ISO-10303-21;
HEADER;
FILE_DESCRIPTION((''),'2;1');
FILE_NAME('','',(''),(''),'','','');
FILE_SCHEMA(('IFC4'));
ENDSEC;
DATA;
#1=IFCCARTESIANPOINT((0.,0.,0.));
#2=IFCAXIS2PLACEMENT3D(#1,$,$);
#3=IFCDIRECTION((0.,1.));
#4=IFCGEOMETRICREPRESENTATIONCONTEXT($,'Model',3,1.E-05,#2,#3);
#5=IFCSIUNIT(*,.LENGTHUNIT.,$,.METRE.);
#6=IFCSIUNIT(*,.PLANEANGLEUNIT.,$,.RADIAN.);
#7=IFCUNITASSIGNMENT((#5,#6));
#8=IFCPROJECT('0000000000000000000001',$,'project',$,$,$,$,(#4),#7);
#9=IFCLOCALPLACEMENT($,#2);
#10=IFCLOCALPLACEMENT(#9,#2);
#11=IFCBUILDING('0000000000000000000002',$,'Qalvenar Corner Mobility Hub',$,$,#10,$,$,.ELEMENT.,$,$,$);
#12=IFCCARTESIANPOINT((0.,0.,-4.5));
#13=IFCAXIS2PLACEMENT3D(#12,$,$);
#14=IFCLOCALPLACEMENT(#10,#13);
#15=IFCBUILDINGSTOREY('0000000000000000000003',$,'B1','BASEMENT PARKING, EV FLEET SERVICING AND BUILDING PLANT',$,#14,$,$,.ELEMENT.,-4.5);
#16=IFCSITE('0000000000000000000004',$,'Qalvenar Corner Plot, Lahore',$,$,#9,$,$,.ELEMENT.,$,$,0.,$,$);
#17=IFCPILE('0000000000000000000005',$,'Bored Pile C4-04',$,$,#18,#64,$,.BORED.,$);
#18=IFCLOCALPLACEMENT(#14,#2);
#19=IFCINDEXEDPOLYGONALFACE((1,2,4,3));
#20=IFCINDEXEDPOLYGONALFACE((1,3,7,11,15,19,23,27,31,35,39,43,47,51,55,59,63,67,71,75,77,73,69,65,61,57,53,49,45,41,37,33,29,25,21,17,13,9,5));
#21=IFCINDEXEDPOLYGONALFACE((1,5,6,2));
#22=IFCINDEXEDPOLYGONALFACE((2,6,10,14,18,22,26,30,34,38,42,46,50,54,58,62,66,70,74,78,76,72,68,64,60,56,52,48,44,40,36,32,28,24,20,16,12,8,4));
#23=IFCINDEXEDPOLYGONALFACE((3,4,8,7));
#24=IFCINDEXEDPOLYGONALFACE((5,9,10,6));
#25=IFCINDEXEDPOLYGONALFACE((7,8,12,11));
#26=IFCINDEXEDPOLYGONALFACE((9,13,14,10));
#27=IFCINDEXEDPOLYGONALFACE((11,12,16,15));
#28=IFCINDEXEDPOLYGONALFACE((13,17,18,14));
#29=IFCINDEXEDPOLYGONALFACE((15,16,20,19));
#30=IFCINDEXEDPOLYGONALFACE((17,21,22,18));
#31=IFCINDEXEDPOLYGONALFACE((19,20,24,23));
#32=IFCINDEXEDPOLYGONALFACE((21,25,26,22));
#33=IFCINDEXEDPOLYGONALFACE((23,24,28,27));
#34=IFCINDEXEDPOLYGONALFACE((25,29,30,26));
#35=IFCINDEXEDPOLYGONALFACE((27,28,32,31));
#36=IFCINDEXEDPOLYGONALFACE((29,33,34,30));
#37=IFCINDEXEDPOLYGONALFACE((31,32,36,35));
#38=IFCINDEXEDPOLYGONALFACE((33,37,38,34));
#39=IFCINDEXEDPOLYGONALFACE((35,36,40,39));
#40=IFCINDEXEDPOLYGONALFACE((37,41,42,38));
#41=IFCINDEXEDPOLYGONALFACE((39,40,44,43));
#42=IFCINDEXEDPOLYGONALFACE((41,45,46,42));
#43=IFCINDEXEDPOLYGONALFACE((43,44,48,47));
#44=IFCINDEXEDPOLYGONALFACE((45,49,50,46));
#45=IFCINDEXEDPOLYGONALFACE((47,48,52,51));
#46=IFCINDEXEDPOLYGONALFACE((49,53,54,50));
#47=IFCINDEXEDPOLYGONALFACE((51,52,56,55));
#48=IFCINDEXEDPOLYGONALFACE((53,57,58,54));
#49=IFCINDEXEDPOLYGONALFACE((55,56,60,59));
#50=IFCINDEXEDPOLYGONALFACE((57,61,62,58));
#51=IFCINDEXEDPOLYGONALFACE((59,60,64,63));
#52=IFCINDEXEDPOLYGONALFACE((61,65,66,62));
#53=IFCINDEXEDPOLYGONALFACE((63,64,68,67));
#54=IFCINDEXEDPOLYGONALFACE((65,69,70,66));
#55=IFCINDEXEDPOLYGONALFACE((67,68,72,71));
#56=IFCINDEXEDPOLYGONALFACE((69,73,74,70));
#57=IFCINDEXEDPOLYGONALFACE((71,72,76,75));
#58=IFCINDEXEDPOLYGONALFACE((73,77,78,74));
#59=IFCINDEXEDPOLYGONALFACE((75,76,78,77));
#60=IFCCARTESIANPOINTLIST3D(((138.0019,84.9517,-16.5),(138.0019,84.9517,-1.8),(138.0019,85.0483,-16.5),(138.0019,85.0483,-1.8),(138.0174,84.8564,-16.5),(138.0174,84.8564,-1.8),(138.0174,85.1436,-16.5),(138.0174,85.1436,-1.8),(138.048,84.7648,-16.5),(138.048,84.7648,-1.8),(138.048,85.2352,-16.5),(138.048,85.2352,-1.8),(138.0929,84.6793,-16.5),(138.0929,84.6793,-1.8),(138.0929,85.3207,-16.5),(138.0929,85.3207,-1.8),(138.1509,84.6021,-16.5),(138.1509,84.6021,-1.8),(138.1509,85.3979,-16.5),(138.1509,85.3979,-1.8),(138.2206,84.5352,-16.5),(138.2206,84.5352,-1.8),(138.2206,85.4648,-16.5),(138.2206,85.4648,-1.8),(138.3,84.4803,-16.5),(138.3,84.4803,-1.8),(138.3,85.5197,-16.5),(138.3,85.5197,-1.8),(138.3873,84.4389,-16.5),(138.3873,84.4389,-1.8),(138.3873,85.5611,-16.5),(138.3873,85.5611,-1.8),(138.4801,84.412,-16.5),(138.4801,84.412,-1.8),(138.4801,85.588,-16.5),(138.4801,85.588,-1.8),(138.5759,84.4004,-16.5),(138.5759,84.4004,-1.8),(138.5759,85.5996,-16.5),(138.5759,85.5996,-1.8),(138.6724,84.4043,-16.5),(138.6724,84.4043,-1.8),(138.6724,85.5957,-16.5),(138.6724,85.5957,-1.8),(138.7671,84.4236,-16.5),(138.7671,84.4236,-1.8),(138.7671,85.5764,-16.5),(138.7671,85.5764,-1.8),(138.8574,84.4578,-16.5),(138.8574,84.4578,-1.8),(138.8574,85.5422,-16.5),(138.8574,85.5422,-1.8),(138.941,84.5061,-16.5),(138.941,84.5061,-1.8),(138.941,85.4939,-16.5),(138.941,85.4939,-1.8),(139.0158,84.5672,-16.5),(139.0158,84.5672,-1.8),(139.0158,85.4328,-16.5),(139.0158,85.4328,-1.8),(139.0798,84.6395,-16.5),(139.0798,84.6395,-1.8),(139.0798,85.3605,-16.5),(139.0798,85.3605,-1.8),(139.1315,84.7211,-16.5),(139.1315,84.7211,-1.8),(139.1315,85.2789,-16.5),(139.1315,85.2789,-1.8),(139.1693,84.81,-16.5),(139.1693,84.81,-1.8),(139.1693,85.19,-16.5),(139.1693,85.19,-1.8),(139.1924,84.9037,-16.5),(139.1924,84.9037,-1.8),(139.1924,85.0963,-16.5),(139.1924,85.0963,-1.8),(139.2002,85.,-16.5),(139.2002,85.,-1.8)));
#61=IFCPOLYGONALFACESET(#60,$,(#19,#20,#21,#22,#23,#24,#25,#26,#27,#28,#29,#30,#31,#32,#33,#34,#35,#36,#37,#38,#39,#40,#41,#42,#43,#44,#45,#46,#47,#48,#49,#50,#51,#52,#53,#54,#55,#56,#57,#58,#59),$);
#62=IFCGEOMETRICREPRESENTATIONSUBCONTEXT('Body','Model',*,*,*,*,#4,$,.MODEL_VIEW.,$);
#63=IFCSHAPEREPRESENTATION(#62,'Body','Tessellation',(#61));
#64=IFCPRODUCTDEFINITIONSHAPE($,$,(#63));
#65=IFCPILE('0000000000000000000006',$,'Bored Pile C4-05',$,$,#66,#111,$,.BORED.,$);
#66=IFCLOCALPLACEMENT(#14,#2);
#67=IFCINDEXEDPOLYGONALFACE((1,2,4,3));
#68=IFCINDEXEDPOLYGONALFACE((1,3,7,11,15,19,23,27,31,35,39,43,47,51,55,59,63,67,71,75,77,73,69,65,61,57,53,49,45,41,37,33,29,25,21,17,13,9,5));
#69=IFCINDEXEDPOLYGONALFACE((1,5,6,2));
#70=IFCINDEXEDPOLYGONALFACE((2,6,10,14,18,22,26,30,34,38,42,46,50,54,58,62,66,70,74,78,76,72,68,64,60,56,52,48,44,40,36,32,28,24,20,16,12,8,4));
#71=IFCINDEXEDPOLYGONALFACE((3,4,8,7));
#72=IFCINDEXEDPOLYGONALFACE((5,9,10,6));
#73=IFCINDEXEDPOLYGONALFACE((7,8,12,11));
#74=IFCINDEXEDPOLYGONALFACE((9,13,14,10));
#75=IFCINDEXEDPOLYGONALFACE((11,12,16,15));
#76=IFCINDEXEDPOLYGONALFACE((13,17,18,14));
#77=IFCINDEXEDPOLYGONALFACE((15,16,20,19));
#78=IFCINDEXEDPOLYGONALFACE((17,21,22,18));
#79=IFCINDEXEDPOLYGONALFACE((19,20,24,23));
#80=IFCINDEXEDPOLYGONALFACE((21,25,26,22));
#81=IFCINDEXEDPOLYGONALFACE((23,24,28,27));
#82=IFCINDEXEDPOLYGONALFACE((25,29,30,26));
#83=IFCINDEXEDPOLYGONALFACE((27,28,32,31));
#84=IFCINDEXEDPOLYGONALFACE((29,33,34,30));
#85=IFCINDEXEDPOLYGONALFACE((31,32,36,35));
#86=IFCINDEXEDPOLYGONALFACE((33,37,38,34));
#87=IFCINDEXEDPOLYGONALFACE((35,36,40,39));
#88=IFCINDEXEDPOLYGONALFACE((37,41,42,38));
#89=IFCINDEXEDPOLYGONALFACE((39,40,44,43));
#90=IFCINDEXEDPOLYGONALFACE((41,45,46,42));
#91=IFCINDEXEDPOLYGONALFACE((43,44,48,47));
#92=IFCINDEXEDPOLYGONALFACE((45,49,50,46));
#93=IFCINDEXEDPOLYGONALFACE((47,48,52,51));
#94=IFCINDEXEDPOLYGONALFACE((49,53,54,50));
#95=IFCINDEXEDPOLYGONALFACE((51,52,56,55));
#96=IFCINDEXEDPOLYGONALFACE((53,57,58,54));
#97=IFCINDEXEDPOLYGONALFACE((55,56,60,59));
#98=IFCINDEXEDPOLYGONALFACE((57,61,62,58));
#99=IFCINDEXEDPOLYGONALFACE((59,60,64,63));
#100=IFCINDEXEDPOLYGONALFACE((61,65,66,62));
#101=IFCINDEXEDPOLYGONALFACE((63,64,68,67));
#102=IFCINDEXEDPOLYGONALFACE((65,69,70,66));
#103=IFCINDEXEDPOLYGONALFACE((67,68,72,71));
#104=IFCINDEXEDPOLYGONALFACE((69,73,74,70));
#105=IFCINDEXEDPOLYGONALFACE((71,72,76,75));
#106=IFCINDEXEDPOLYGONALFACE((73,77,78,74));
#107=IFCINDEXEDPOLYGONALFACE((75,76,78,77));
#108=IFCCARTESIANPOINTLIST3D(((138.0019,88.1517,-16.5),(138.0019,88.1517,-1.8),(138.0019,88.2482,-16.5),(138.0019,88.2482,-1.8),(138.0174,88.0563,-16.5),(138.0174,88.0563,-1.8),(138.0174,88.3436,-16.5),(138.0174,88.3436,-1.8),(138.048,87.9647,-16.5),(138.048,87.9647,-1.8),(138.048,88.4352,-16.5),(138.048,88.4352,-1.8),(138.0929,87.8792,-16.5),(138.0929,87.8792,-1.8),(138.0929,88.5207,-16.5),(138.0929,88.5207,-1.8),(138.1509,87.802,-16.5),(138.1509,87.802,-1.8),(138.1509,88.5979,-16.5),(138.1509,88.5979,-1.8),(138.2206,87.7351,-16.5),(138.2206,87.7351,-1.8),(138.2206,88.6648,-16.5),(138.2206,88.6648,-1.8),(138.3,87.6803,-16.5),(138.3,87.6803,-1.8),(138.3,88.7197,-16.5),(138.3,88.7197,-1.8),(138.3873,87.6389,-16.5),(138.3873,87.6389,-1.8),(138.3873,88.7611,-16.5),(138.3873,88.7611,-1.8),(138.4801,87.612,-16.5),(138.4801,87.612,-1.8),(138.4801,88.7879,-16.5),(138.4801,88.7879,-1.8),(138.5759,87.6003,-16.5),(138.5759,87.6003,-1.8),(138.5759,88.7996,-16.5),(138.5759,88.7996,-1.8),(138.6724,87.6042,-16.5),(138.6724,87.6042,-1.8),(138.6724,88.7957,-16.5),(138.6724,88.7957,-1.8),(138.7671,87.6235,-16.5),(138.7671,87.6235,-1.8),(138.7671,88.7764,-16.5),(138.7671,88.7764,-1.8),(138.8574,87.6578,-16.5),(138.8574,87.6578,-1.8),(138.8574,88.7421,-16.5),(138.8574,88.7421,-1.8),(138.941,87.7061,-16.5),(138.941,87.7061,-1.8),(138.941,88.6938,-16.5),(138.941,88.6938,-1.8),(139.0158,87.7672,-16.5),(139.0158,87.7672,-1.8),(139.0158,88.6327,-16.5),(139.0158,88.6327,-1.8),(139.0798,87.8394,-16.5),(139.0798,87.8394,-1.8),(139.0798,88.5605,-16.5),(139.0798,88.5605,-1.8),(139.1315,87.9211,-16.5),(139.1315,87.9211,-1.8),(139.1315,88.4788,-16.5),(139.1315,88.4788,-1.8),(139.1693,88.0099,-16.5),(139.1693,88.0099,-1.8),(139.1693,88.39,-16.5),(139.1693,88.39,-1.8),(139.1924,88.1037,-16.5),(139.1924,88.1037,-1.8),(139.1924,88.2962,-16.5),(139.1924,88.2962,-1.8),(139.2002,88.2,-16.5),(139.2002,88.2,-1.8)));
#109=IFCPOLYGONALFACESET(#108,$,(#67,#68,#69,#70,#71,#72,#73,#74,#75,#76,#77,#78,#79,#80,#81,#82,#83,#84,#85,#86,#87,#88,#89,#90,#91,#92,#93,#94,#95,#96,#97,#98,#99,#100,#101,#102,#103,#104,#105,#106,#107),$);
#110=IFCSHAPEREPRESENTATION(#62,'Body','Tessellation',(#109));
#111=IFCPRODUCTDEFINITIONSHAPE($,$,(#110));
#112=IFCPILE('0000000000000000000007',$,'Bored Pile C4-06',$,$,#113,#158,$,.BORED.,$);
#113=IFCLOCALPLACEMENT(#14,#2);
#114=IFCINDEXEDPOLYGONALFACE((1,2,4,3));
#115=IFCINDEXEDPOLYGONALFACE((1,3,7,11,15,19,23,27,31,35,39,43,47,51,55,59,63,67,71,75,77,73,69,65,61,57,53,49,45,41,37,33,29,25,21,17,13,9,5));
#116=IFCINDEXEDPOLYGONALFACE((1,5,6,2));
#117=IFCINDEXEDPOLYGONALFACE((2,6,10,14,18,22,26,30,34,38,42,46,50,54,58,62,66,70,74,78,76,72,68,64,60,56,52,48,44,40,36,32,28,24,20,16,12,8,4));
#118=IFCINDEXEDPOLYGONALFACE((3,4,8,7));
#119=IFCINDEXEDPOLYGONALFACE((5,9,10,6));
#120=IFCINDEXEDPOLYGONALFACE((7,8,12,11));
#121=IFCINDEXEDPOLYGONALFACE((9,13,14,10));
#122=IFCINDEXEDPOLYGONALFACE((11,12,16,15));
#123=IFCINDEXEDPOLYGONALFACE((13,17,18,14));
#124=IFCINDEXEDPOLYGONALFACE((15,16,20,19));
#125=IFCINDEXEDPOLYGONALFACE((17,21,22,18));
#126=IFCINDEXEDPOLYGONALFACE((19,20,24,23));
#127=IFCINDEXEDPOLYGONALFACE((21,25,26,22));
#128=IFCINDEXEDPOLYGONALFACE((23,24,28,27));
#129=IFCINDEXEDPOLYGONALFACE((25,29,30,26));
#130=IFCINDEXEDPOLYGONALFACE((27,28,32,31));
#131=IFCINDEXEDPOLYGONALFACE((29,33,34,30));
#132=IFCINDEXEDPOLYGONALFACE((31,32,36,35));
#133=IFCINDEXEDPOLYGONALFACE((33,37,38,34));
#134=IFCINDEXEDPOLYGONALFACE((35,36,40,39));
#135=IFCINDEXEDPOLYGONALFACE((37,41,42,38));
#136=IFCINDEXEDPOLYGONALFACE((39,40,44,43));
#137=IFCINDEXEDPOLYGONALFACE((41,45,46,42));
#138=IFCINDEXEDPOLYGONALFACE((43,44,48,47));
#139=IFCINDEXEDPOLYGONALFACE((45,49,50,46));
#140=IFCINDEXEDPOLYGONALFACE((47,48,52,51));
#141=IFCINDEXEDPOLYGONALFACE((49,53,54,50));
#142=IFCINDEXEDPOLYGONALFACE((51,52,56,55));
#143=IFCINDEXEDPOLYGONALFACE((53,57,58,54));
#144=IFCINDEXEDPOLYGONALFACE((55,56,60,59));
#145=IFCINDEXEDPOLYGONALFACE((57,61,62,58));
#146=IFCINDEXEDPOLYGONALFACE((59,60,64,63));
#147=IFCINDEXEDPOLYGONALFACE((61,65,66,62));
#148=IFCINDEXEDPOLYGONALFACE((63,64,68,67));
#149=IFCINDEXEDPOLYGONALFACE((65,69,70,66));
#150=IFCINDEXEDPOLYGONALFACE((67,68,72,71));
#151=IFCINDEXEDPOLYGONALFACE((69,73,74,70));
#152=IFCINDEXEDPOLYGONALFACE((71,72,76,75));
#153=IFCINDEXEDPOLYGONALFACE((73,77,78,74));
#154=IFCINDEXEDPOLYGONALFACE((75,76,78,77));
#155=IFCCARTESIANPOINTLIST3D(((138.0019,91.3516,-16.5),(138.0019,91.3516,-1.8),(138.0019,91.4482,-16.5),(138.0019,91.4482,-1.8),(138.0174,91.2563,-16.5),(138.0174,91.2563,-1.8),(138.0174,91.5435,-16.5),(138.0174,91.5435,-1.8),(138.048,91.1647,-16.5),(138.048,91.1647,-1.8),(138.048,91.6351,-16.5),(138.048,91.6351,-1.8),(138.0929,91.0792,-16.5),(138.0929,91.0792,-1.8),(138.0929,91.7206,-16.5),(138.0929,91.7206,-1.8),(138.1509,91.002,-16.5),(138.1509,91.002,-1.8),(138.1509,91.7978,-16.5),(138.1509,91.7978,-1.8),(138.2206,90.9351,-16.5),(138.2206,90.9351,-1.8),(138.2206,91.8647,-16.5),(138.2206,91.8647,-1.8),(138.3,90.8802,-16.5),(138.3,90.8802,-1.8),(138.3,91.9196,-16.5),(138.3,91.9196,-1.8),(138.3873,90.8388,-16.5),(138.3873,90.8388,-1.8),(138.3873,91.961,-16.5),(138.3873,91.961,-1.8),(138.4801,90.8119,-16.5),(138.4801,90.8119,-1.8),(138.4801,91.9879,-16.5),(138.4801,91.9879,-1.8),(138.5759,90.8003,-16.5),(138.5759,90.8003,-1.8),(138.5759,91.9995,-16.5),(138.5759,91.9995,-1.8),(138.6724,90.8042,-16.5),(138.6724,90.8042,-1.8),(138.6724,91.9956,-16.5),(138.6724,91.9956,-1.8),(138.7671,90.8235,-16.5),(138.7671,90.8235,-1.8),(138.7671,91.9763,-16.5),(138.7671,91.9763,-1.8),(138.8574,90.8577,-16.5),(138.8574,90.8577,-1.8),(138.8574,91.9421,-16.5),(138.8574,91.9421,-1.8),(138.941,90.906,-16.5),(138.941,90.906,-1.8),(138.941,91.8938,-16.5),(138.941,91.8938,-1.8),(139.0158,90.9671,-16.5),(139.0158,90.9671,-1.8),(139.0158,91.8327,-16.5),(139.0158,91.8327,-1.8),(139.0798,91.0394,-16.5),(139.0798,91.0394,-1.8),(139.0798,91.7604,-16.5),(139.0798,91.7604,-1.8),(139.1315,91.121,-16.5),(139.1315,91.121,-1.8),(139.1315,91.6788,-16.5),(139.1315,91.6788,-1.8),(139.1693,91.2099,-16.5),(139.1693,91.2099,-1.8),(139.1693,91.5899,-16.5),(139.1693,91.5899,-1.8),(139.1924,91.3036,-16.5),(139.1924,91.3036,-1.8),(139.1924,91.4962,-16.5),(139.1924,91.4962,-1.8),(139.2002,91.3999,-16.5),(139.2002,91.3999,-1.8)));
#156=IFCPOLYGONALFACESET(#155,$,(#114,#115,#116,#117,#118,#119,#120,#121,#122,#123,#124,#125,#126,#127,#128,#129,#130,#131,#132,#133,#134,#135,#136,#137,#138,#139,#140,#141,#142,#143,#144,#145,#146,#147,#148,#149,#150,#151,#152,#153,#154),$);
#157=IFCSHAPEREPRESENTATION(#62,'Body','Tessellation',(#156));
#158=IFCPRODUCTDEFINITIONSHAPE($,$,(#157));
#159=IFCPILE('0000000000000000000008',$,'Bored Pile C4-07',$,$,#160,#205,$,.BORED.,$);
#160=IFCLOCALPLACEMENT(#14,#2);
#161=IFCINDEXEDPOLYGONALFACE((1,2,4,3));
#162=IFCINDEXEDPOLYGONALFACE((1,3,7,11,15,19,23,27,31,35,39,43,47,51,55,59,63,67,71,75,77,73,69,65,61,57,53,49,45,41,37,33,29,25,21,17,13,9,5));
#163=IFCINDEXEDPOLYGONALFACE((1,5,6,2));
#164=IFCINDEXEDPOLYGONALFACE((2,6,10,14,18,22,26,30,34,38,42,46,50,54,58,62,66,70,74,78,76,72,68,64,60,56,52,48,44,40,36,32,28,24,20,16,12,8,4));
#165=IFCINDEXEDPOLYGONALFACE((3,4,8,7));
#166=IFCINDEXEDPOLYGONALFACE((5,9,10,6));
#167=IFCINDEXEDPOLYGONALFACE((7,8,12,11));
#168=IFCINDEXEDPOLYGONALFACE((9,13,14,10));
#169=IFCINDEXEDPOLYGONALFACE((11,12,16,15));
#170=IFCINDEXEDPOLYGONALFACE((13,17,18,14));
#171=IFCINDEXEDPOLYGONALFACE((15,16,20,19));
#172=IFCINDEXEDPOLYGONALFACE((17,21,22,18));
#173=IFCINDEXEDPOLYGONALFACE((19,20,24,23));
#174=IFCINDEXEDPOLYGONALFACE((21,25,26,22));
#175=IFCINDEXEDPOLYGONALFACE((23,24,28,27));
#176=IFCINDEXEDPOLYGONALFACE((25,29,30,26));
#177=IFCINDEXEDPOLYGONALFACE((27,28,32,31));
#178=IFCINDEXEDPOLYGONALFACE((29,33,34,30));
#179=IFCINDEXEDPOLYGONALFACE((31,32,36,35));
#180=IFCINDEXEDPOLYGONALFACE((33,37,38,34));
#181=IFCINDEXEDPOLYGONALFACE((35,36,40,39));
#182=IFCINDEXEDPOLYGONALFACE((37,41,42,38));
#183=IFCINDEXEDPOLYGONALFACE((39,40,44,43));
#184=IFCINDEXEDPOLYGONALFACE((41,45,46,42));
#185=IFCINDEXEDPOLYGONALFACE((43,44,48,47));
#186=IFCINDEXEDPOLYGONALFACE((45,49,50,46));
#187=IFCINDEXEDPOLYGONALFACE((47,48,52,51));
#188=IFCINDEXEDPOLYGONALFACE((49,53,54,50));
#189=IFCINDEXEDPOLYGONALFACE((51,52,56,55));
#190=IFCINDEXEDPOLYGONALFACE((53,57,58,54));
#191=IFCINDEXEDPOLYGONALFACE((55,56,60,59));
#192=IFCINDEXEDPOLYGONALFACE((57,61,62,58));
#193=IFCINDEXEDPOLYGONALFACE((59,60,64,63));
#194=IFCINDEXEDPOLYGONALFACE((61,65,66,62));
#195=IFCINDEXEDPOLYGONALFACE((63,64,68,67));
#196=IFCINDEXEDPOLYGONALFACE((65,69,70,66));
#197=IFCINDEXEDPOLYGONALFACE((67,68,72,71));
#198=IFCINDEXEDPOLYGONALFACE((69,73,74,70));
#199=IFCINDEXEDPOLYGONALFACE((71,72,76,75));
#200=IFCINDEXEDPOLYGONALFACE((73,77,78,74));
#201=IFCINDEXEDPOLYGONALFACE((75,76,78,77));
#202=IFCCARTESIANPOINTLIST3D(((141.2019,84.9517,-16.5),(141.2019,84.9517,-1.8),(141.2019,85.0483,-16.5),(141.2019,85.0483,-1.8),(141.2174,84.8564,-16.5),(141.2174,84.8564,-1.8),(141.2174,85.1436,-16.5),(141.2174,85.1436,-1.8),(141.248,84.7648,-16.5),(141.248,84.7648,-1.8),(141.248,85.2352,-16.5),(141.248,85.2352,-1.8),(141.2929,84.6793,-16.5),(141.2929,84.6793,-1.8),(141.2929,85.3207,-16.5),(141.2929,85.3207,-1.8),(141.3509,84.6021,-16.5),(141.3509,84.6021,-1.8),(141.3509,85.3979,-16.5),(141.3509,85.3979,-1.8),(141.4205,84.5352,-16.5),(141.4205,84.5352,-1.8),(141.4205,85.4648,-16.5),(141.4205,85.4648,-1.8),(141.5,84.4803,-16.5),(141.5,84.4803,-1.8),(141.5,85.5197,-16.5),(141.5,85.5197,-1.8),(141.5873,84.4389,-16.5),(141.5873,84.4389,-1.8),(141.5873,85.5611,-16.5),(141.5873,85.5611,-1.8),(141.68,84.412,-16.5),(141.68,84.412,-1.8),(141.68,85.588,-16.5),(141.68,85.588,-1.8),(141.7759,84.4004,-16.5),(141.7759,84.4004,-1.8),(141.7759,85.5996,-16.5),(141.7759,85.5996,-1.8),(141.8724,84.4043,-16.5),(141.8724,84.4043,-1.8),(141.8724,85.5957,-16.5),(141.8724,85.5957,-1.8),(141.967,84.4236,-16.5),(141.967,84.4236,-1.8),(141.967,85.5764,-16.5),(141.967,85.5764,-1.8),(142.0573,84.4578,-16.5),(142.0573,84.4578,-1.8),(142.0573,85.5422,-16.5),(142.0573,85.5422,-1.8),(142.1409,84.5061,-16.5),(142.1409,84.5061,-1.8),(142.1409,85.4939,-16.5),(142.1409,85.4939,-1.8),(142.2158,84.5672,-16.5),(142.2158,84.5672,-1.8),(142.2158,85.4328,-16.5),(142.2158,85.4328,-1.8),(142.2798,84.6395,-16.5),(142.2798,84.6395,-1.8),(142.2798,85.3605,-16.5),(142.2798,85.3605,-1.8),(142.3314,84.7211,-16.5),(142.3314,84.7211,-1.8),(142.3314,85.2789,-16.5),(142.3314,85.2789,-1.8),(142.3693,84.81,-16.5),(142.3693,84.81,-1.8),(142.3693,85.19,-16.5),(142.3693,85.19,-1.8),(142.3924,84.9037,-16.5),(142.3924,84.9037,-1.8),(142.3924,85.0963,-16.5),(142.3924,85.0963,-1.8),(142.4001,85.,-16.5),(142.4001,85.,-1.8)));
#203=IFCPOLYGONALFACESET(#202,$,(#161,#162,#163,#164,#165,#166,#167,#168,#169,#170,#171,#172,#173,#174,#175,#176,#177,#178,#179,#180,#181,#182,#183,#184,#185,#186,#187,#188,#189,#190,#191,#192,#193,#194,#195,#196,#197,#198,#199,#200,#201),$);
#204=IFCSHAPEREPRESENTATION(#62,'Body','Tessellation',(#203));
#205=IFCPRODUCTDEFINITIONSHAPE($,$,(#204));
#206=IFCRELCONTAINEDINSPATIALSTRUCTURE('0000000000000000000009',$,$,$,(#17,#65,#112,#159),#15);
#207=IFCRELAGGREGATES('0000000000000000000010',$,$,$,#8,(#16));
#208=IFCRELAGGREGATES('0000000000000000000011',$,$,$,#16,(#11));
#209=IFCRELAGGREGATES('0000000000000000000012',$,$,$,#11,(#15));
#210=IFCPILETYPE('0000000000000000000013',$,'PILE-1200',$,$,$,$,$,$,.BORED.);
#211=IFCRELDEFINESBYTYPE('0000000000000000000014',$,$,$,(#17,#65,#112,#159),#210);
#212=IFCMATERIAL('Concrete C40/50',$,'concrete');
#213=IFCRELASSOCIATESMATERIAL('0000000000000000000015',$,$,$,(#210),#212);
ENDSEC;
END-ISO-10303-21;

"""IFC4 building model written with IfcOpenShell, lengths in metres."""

from ifc_helpers import new_model, si_unit, direction, frame, origin, origin_2d, place, context, subcontext, project, spatial, circle, extrude, material, material_profile, profile_set, type_object, element, save


model = new_model("IFC4")

# Units and contexts
model_context = context("Model", 3, precision=1e-05, world=origin(), true_north=direction((0.0, 1.0)))
body_context = subcontext(model_context, "Body", "Model", "MODEL_VIEW")
ifc_project = project(units=[si_unit("LENGTHUNIT", "METRE"), si_unit("PLANEANGLEUNIT", "RADIAN")], contexts=[model_context])

# Site, building, storey
site_placement = place(None, origin())
site = spatial("IfcSite", under=ifc_project, at=site_placement, Name="Qalvenar Corner Plot, Lahore", CompositionType="ELEMENT", RefElevation=0.0)
building_placement = place(site_placement, origin())
building = spatial("IfcBuilding", under=site, at=building_placement, Name="Qalvenar Corner Mobility Hub", CompositionType="ELEMENT")
storey_placement = place(building_placement, frame((0.0, 0.0, -4.5)))
storey = spatial("IfcBuildingStorey", under=building, at=storey_placement, Name="B1", Description="BASEMENT PARKING, EV FLEET SERVICING AND BUILDING PLANT", CompositionType="ELEMENT", Elevation=-4.5)

# Shared definitions
ifc_material_1 = material(Name="Concrete C40/50", Category="concrete")

# Piles
ifc_material_profile_1 = material_profile(ifc_material_1, circle(Radius=0.6001, at=origin_2d()), Name="DIA1200")
ifc_profile_set_1 = profile_set([ifc_material_profile_1], Name="Concrete C40/50")
pile_type_1 = type_object("IfcPileType", Name="PILE-1200", PredefinedType="BORED", material=ifc_profile_set_1)
for number, where, z_axis, x_axis, name in (
    (1, (138.6001, 85.0, -1.8), (0.0, 0.0, -1.0), (1.0, 0.0, 0.0), "Bored Pile C4-04"),
    (2, (138.6001, 88.2, -1.8), (0.0, 0.0, -1.0), (1.0, 0.0, 0.0), "Bored Pile C4-05"),
    (3, (138.6001, 91.3999, -1.8), (0.0, 0.0, -1.0), (1.0, 0.0, 0.0), "Bored Pile C4-06"),
    (4, (141.8, 85.0, -1.8), (0.0, 0.0, -1.0), (1.0, 0.0, 0.0), "Bored Pile C4-07"),
):
    element("IfcPile", number, at=place(storey_placement, frame(where, z_axis=z_axis, x_axis=x_axis)), inside=storey, type_object=pile_type_1, Name=name, PredefinedType="BORED", context=body_context, shape_type="SweptSolid", body=[
        extrude(circle(Radius=0.6001, at=origin_2d()), origin(), (0.0, 0.0, 1.0), 14.7),
    ])

save(model, "model.ifc")
